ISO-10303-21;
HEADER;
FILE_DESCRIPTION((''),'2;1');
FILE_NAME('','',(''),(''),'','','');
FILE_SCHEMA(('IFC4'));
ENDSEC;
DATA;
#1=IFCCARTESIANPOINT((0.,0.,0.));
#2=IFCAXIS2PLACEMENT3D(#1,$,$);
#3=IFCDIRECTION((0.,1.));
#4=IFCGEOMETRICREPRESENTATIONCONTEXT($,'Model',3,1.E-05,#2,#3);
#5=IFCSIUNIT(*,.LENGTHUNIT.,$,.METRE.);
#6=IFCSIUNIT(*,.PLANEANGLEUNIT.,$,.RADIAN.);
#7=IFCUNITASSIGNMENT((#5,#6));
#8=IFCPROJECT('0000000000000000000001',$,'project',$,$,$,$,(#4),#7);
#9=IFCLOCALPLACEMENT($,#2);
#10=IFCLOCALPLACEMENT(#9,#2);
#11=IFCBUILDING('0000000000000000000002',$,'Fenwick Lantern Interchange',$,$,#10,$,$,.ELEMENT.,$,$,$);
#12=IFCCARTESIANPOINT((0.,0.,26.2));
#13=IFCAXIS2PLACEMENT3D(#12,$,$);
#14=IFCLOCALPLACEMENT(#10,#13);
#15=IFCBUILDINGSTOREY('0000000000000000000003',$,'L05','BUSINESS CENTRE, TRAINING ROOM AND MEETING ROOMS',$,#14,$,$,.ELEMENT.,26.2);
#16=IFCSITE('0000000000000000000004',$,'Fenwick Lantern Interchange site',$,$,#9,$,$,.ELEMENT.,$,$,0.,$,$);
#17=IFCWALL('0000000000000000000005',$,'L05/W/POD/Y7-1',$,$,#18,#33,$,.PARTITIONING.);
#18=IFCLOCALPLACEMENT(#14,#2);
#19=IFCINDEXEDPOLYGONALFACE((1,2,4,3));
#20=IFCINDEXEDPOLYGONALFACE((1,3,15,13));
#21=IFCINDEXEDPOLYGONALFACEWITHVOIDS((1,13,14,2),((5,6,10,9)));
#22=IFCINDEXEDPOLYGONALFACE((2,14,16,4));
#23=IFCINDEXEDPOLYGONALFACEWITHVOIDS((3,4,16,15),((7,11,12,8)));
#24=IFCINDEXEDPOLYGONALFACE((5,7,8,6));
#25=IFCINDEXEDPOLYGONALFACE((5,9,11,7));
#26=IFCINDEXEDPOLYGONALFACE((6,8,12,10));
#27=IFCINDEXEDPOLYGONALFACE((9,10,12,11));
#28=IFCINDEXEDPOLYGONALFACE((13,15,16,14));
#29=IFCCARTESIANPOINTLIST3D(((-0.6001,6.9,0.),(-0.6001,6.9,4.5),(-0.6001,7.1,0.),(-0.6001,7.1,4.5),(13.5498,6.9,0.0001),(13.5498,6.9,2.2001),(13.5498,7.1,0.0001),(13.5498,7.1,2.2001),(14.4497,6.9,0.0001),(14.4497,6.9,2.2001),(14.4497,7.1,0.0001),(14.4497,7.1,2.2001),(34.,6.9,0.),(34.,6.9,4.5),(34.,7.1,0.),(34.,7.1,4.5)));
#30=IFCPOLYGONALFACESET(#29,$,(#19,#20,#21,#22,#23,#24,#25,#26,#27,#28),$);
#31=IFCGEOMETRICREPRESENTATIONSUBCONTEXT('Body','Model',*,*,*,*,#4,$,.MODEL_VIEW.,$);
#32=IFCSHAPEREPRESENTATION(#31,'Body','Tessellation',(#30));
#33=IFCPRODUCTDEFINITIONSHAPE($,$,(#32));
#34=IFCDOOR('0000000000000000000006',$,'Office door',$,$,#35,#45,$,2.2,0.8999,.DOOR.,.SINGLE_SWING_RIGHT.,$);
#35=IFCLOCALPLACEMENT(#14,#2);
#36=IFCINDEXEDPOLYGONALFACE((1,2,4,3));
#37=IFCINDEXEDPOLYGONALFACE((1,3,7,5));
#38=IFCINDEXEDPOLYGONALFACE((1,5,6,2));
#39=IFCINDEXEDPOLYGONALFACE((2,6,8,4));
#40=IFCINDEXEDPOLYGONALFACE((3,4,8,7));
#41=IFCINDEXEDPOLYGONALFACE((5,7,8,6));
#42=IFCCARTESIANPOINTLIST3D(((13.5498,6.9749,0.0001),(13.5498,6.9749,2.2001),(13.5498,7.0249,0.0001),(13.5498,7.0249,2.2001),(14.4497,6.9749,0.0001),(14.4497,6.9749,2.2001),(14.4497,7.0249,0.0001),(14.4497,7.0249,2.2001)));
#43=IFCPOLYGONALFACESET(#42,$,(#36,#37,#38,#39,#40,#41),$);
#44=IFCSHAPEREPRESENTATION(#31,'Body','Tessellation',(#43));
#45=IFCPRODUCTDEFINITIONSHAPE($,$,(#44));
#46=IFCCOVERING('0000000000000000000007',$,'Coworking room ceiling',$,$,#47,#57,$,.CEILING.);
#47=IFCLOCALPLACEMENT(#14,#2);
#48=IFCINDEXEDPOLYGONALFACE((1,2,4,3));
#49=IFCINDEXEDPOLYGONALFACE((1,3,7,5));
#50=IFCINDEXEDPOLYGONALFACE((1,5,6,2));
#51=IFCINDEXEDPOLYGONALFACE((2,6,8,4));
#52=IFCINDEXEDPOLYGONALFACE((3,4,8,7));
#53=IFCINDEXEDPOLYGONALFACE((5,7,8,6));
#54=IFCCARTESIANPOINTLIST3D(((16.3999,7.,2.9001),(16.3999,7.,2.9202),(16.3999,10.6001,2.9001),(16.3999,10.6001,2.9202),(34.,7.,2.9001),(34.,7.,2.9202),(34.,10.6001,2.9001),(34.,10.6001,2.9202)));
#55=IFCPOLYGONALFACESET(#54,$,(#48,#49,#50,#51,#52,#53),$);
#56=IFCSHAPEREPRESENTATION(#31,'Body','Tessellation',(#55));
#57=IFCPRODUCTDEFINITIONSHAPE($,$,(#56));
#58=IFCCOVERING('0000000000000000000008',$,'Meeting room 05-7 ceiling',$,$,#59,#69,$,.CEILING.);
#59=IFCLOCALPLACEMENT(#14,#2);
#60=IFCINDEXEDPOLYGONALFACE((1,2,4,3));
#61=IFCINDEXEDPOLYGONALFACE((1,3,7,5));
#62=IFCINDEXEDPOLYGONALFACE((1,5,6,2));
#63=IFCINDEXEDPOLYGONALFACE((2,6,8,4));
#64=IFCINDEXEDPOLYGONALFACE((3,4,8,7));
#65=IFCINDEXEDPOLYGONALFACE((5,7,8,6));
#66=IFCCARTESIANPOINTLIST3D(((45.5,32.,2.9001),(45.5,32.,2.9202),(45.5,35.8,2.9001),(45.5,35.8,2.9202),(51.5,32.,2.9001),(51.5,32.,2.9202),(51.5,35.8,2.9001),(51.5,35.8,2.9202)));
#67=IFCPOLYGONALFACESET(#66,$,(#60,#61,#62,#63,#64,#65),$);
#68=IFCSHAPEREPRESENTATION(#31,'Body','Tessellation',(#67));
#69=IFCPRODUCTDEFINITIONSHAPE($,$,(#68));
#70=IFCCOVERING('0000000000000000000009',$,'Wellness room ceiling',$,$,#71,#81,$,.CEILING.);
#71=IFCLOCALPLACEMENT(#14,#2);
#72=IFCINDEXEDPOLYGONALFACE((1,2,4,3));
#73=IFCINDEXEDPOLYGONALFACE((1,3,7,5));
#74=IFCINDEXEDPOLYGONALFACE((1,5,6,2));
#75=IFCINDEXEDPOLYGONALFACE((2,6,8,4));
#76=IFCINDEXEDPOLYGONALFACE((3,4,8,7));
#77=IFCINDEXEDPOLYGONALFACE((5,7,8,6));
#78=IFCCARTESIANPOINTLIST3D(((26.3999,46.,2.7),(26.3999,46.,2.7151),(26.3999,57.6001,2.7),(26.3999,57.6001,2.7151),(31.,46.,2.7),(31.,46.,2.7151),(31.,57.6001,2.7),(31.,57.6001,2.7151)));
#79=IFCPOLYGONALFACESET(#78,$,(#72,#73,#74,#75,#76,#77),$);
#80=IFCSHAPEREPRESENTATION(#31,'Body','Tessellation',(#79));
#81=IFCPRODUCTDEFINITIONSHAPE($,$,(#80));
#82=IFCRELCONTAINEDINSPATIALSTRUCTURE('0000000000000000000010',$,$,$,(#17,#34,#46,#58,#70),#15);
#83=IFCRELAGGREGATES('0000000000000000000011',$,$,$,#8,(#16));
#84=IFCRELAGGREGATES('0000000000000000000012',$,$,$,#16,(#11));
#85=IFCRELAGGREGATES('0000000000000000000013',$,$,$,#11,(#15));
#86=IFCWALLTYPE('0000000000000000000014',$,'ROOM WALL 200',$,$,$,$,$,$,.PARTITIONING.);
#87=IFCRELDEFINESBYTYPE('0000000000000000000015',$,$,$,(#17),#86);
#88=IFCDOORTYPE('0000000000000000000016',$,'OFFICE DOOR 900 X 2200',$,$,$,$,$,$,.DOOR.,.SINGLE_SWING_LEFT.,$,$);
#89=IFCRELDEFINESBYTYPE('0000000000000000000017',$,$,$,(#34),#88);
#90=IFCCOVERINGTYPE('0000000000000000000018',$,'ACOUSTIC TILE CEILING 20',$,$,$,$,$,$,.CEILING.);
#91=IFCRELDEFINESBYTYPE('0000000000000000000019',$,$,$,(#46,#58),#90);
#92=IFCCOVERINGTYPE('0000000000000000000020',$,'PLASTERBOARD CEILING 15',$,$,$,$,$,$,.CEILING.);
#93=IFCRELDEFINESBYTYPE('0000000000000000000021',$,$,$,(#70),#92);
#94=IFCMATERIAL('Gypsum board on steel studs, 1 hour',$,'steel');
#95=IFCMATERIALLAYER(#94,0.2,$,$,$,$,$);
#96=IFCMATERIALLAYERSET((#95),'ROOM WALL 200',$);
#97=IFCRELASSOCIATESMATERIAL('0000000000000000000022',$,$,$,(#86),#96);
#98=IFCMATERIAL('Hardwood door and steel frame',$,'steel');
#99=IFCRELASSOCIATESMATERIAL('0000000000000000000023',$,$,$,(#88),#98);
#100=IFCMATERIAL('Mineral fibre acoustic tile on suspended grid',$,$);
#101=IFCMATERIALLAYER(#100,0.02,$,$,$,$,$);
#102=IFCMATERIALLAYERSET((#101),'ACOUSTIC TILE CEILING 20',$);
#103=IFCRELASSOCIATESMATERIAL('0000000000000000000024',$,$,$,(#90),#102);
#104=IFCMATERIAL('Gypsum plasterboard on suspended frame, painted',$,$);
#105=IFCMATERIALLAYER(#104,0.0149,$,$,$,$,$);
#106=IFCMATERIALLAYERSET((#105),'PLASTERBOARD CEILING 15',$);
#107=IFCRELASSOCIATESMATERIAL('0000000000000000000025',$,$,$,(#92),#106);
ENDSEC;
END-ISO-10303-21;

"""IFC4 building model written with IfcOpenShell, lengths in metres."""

from ifc_helpers import new_model, si_unit, direction, frame, frame_2d, origin, place, context, subcontext, project, spatial, polyline, rectangle, outline, extrude, material, layer, layer_set, type_object, element, fill, save


model = new_model("IFC4")

# Units and contexts
model_context = context("Model", 3, precision=1e-05, world=origin(), true_north=direction((0.0, 1.0)))
body_context = subcontext(model_context, "Body", "Model", "MODEL_VIEW")
ifc_project = project(units=[si_unit("LENGTHUNIT", "METRE"), si_unit("PLANEANGLEUNIT", "RADIAN")], contexts=[model_context])

# Site, building, storey
site_placement = place(None, origin())
site = spatial("IfcSite", under=ifc_project, at=site_placement, Name="Fenwick Lantern Interchange site", CompositionType="ELEMENT", RefElevation=0.0)
building_placement = place(site_placement, origin())
building = spatial("IfcBuilding", under=site, at=building_placement, Name="Fenwick Lantern Interchange", CompositionType="ELEMENT")
storey_placement = place(building_placement, frame((0.0, 0.0, 26.2)))
storey = spatial("IfcBuildingStorey", under=building, at=storey_placement, Name="L05", Description="BUSINESS CENTRE, TRAINING ROOM AND MEETING ROOMS", CompositionType="ELEMENT", Elevation=26.2)

# Shared definitions
ifc_material_1 = material(Name="Gypsum board on steel studs, 1 hour", Category="steel")
ifc_layer_1 = layer(ifc_material_1, 0.2)
ifc_layer_set_1 = layer_set([ifc_layer_1], Name="ROOM WALL 200")
wall_type_1 = type_object("IfcWallType", Name="ROOM WALL 200", PredefinedType="PARTITIONING", material=ifc_layer_set_1)

# Wall, opening, door
wall_1_placement = place(storey_placement, frame((-0.6001, 7.0, 0.0), z_axis=(0.0, 0.0, 1.0), x_axis=(1.0, 0.0, 0.0)))
wall_1 = element("IfcWall", 1, at=wall_1_placement, inside=storey, type_object=wall_type_1, Name="L05/W/POD/Y7-1", PredefinedType="PARTITIONING", context=body_context, shape_type="SweptSolid", body=[
    extrude(rectangle(XDim=34.6001, YDim=0.2, at=frame_2d((17.3, 0.0))), origin(), (0.0, 0.0, 1.0), 4.5),
])
opening_placement = place(wall_1_placement, frame((14.1499, 0.0, 0.0)))
opening = element("IfcOpeningElement", 2, at=opening_placement, cuts=wall_1, PredefinedType="OPENING", context=body_context, shape_type="SweptSolid", body=[
    extrude(rectangle(XDim=0.8999, YDim=2.2, at=frame_2d((0.45, 1.1001))), frame((0.0, 0.1099, 0.0), z_axis=(0.0, -1.0, 0.0), x_axis=(1.0, 0.0, 0.0)), (0.0, 0.0, 1.0), 0.22),
])
ifc_material_2 = material(Name="Hardwood door and steel frame", Category="steel")
door_type = type_object("IfcDoorType", Name="OFFICE DOOR 900 X 2200", OperationType="SINGLE_SWING_LEFT", PredefinedType="DOOR", material=ifc_material_2)
door_placement = place(opening_placement, origin())
door = element("IfcDoor", 3, at=door_placement, inside=storey, type_object=door_type, Name="Office door", OperationType="SINGLE_SWING_RIGHT", OverallHeight=2.2, OverallWidth=0.8999, PredefinedType="DOOR", context=body_context, shape_type="SweptSolid", body=[
    extrude(rectangle(XDim=0.8999, YDim=2.2, at=frame_2d((0.45, 1.1001))), frame((0.0, 0.0249, 0.0), z_axis=(0.0, -1.0, 0.0), x_axis=(1.0, 0.0, 0.0)), (0.0, 0.0, 1.0), 0.05),
])
fill(opening, door)

# Coverings
ifc_material_3 = material(Name="Mineral fibre acoustic tile on suspended grid")
ifc_layer_2 = layer(ifc_material_3, 0.02)
ifc_layer_set_2 = layer_set([ifc_layer_2], Name="ACOUSTIC TILE CEILING 20")
covering_type_1 = type_object("IfcCoveringType", Name="ACOUSTIC TILE CEILING 20", PredefinedType="CEILING", material=ifc_layer_set_2)
covering_1_placement = place(storey_placement, frame((0.0, 0.0, 2.9001)))
element("IfcCovering", 4, at=covering_1_placement, inside=storey, type_object=covering_type_1, Name="Coworking room ceiling", PredefinedType="CEILING", context=body_context, shape_type="SweptSolid", body=[
    extrude(outline(polyline([(16.3999, 7.0), (34.0, 7.0), (34.0, 10.6001), (16.3999, 10.6001), (16.3999, 7.0)])), origin(), (0.0, 0.0, 1.0), 0.02),
])
covering_2_placement = place(storey_placement, frame((0.0, 0.0, 2.9001)))
element("IfcCovering", 5, at=covering_2_placement, inside=storey, type_object=covering_type_1, Name="Meeting room 05-7 ceiling", PredefinedType="CEILING", context=body_context, shape_type="SweptSolid", body=[
    extrude(outline(polyline([(45.5, 32.0), (51.5, 32.0), (51.5, 35.8), (45.5, 35.8), (45.5, 32.0)])), origin(), (0.0, 0.0, 1.0), 0.02),
])
ifc_material_4 = material(Name="Gypsum plasterboard on suspended frame, painted")
ifc_layer_3 = layer(ifc_material_4, 0.0149)
ifc_layer_set_3 = layer_set([ifc_layer_3], Name="PLASTERBOARD CEILING 15")
covering_type_2 = type_object("IfcCoveringType", Name="PLASTERBOARD CEILING 15", PredefinedType="CEILING", material=ifc_layer_set_3)
covering_3_placement = place(storey_placement, frame((0.0, 0.0, 2.7)))
element("IfcCovering", 6, at=covering_3_placement, inside=storey, type_object=covering_type_2, Name="Wellness room ceiling", PredefinedType="CEILING", context=body_context, shape_type="SweptSolid", body=[
    extrude(outline(polyline([(26.3999, 46.0), (31.0, 46.0), (31.0, 57.6001), (26.3999, 57.6001), (26.3999, 46.0)])), origin(), (0.0, 0.0, 1.0), 0.0151),
])

save(model, "model.ifc")
